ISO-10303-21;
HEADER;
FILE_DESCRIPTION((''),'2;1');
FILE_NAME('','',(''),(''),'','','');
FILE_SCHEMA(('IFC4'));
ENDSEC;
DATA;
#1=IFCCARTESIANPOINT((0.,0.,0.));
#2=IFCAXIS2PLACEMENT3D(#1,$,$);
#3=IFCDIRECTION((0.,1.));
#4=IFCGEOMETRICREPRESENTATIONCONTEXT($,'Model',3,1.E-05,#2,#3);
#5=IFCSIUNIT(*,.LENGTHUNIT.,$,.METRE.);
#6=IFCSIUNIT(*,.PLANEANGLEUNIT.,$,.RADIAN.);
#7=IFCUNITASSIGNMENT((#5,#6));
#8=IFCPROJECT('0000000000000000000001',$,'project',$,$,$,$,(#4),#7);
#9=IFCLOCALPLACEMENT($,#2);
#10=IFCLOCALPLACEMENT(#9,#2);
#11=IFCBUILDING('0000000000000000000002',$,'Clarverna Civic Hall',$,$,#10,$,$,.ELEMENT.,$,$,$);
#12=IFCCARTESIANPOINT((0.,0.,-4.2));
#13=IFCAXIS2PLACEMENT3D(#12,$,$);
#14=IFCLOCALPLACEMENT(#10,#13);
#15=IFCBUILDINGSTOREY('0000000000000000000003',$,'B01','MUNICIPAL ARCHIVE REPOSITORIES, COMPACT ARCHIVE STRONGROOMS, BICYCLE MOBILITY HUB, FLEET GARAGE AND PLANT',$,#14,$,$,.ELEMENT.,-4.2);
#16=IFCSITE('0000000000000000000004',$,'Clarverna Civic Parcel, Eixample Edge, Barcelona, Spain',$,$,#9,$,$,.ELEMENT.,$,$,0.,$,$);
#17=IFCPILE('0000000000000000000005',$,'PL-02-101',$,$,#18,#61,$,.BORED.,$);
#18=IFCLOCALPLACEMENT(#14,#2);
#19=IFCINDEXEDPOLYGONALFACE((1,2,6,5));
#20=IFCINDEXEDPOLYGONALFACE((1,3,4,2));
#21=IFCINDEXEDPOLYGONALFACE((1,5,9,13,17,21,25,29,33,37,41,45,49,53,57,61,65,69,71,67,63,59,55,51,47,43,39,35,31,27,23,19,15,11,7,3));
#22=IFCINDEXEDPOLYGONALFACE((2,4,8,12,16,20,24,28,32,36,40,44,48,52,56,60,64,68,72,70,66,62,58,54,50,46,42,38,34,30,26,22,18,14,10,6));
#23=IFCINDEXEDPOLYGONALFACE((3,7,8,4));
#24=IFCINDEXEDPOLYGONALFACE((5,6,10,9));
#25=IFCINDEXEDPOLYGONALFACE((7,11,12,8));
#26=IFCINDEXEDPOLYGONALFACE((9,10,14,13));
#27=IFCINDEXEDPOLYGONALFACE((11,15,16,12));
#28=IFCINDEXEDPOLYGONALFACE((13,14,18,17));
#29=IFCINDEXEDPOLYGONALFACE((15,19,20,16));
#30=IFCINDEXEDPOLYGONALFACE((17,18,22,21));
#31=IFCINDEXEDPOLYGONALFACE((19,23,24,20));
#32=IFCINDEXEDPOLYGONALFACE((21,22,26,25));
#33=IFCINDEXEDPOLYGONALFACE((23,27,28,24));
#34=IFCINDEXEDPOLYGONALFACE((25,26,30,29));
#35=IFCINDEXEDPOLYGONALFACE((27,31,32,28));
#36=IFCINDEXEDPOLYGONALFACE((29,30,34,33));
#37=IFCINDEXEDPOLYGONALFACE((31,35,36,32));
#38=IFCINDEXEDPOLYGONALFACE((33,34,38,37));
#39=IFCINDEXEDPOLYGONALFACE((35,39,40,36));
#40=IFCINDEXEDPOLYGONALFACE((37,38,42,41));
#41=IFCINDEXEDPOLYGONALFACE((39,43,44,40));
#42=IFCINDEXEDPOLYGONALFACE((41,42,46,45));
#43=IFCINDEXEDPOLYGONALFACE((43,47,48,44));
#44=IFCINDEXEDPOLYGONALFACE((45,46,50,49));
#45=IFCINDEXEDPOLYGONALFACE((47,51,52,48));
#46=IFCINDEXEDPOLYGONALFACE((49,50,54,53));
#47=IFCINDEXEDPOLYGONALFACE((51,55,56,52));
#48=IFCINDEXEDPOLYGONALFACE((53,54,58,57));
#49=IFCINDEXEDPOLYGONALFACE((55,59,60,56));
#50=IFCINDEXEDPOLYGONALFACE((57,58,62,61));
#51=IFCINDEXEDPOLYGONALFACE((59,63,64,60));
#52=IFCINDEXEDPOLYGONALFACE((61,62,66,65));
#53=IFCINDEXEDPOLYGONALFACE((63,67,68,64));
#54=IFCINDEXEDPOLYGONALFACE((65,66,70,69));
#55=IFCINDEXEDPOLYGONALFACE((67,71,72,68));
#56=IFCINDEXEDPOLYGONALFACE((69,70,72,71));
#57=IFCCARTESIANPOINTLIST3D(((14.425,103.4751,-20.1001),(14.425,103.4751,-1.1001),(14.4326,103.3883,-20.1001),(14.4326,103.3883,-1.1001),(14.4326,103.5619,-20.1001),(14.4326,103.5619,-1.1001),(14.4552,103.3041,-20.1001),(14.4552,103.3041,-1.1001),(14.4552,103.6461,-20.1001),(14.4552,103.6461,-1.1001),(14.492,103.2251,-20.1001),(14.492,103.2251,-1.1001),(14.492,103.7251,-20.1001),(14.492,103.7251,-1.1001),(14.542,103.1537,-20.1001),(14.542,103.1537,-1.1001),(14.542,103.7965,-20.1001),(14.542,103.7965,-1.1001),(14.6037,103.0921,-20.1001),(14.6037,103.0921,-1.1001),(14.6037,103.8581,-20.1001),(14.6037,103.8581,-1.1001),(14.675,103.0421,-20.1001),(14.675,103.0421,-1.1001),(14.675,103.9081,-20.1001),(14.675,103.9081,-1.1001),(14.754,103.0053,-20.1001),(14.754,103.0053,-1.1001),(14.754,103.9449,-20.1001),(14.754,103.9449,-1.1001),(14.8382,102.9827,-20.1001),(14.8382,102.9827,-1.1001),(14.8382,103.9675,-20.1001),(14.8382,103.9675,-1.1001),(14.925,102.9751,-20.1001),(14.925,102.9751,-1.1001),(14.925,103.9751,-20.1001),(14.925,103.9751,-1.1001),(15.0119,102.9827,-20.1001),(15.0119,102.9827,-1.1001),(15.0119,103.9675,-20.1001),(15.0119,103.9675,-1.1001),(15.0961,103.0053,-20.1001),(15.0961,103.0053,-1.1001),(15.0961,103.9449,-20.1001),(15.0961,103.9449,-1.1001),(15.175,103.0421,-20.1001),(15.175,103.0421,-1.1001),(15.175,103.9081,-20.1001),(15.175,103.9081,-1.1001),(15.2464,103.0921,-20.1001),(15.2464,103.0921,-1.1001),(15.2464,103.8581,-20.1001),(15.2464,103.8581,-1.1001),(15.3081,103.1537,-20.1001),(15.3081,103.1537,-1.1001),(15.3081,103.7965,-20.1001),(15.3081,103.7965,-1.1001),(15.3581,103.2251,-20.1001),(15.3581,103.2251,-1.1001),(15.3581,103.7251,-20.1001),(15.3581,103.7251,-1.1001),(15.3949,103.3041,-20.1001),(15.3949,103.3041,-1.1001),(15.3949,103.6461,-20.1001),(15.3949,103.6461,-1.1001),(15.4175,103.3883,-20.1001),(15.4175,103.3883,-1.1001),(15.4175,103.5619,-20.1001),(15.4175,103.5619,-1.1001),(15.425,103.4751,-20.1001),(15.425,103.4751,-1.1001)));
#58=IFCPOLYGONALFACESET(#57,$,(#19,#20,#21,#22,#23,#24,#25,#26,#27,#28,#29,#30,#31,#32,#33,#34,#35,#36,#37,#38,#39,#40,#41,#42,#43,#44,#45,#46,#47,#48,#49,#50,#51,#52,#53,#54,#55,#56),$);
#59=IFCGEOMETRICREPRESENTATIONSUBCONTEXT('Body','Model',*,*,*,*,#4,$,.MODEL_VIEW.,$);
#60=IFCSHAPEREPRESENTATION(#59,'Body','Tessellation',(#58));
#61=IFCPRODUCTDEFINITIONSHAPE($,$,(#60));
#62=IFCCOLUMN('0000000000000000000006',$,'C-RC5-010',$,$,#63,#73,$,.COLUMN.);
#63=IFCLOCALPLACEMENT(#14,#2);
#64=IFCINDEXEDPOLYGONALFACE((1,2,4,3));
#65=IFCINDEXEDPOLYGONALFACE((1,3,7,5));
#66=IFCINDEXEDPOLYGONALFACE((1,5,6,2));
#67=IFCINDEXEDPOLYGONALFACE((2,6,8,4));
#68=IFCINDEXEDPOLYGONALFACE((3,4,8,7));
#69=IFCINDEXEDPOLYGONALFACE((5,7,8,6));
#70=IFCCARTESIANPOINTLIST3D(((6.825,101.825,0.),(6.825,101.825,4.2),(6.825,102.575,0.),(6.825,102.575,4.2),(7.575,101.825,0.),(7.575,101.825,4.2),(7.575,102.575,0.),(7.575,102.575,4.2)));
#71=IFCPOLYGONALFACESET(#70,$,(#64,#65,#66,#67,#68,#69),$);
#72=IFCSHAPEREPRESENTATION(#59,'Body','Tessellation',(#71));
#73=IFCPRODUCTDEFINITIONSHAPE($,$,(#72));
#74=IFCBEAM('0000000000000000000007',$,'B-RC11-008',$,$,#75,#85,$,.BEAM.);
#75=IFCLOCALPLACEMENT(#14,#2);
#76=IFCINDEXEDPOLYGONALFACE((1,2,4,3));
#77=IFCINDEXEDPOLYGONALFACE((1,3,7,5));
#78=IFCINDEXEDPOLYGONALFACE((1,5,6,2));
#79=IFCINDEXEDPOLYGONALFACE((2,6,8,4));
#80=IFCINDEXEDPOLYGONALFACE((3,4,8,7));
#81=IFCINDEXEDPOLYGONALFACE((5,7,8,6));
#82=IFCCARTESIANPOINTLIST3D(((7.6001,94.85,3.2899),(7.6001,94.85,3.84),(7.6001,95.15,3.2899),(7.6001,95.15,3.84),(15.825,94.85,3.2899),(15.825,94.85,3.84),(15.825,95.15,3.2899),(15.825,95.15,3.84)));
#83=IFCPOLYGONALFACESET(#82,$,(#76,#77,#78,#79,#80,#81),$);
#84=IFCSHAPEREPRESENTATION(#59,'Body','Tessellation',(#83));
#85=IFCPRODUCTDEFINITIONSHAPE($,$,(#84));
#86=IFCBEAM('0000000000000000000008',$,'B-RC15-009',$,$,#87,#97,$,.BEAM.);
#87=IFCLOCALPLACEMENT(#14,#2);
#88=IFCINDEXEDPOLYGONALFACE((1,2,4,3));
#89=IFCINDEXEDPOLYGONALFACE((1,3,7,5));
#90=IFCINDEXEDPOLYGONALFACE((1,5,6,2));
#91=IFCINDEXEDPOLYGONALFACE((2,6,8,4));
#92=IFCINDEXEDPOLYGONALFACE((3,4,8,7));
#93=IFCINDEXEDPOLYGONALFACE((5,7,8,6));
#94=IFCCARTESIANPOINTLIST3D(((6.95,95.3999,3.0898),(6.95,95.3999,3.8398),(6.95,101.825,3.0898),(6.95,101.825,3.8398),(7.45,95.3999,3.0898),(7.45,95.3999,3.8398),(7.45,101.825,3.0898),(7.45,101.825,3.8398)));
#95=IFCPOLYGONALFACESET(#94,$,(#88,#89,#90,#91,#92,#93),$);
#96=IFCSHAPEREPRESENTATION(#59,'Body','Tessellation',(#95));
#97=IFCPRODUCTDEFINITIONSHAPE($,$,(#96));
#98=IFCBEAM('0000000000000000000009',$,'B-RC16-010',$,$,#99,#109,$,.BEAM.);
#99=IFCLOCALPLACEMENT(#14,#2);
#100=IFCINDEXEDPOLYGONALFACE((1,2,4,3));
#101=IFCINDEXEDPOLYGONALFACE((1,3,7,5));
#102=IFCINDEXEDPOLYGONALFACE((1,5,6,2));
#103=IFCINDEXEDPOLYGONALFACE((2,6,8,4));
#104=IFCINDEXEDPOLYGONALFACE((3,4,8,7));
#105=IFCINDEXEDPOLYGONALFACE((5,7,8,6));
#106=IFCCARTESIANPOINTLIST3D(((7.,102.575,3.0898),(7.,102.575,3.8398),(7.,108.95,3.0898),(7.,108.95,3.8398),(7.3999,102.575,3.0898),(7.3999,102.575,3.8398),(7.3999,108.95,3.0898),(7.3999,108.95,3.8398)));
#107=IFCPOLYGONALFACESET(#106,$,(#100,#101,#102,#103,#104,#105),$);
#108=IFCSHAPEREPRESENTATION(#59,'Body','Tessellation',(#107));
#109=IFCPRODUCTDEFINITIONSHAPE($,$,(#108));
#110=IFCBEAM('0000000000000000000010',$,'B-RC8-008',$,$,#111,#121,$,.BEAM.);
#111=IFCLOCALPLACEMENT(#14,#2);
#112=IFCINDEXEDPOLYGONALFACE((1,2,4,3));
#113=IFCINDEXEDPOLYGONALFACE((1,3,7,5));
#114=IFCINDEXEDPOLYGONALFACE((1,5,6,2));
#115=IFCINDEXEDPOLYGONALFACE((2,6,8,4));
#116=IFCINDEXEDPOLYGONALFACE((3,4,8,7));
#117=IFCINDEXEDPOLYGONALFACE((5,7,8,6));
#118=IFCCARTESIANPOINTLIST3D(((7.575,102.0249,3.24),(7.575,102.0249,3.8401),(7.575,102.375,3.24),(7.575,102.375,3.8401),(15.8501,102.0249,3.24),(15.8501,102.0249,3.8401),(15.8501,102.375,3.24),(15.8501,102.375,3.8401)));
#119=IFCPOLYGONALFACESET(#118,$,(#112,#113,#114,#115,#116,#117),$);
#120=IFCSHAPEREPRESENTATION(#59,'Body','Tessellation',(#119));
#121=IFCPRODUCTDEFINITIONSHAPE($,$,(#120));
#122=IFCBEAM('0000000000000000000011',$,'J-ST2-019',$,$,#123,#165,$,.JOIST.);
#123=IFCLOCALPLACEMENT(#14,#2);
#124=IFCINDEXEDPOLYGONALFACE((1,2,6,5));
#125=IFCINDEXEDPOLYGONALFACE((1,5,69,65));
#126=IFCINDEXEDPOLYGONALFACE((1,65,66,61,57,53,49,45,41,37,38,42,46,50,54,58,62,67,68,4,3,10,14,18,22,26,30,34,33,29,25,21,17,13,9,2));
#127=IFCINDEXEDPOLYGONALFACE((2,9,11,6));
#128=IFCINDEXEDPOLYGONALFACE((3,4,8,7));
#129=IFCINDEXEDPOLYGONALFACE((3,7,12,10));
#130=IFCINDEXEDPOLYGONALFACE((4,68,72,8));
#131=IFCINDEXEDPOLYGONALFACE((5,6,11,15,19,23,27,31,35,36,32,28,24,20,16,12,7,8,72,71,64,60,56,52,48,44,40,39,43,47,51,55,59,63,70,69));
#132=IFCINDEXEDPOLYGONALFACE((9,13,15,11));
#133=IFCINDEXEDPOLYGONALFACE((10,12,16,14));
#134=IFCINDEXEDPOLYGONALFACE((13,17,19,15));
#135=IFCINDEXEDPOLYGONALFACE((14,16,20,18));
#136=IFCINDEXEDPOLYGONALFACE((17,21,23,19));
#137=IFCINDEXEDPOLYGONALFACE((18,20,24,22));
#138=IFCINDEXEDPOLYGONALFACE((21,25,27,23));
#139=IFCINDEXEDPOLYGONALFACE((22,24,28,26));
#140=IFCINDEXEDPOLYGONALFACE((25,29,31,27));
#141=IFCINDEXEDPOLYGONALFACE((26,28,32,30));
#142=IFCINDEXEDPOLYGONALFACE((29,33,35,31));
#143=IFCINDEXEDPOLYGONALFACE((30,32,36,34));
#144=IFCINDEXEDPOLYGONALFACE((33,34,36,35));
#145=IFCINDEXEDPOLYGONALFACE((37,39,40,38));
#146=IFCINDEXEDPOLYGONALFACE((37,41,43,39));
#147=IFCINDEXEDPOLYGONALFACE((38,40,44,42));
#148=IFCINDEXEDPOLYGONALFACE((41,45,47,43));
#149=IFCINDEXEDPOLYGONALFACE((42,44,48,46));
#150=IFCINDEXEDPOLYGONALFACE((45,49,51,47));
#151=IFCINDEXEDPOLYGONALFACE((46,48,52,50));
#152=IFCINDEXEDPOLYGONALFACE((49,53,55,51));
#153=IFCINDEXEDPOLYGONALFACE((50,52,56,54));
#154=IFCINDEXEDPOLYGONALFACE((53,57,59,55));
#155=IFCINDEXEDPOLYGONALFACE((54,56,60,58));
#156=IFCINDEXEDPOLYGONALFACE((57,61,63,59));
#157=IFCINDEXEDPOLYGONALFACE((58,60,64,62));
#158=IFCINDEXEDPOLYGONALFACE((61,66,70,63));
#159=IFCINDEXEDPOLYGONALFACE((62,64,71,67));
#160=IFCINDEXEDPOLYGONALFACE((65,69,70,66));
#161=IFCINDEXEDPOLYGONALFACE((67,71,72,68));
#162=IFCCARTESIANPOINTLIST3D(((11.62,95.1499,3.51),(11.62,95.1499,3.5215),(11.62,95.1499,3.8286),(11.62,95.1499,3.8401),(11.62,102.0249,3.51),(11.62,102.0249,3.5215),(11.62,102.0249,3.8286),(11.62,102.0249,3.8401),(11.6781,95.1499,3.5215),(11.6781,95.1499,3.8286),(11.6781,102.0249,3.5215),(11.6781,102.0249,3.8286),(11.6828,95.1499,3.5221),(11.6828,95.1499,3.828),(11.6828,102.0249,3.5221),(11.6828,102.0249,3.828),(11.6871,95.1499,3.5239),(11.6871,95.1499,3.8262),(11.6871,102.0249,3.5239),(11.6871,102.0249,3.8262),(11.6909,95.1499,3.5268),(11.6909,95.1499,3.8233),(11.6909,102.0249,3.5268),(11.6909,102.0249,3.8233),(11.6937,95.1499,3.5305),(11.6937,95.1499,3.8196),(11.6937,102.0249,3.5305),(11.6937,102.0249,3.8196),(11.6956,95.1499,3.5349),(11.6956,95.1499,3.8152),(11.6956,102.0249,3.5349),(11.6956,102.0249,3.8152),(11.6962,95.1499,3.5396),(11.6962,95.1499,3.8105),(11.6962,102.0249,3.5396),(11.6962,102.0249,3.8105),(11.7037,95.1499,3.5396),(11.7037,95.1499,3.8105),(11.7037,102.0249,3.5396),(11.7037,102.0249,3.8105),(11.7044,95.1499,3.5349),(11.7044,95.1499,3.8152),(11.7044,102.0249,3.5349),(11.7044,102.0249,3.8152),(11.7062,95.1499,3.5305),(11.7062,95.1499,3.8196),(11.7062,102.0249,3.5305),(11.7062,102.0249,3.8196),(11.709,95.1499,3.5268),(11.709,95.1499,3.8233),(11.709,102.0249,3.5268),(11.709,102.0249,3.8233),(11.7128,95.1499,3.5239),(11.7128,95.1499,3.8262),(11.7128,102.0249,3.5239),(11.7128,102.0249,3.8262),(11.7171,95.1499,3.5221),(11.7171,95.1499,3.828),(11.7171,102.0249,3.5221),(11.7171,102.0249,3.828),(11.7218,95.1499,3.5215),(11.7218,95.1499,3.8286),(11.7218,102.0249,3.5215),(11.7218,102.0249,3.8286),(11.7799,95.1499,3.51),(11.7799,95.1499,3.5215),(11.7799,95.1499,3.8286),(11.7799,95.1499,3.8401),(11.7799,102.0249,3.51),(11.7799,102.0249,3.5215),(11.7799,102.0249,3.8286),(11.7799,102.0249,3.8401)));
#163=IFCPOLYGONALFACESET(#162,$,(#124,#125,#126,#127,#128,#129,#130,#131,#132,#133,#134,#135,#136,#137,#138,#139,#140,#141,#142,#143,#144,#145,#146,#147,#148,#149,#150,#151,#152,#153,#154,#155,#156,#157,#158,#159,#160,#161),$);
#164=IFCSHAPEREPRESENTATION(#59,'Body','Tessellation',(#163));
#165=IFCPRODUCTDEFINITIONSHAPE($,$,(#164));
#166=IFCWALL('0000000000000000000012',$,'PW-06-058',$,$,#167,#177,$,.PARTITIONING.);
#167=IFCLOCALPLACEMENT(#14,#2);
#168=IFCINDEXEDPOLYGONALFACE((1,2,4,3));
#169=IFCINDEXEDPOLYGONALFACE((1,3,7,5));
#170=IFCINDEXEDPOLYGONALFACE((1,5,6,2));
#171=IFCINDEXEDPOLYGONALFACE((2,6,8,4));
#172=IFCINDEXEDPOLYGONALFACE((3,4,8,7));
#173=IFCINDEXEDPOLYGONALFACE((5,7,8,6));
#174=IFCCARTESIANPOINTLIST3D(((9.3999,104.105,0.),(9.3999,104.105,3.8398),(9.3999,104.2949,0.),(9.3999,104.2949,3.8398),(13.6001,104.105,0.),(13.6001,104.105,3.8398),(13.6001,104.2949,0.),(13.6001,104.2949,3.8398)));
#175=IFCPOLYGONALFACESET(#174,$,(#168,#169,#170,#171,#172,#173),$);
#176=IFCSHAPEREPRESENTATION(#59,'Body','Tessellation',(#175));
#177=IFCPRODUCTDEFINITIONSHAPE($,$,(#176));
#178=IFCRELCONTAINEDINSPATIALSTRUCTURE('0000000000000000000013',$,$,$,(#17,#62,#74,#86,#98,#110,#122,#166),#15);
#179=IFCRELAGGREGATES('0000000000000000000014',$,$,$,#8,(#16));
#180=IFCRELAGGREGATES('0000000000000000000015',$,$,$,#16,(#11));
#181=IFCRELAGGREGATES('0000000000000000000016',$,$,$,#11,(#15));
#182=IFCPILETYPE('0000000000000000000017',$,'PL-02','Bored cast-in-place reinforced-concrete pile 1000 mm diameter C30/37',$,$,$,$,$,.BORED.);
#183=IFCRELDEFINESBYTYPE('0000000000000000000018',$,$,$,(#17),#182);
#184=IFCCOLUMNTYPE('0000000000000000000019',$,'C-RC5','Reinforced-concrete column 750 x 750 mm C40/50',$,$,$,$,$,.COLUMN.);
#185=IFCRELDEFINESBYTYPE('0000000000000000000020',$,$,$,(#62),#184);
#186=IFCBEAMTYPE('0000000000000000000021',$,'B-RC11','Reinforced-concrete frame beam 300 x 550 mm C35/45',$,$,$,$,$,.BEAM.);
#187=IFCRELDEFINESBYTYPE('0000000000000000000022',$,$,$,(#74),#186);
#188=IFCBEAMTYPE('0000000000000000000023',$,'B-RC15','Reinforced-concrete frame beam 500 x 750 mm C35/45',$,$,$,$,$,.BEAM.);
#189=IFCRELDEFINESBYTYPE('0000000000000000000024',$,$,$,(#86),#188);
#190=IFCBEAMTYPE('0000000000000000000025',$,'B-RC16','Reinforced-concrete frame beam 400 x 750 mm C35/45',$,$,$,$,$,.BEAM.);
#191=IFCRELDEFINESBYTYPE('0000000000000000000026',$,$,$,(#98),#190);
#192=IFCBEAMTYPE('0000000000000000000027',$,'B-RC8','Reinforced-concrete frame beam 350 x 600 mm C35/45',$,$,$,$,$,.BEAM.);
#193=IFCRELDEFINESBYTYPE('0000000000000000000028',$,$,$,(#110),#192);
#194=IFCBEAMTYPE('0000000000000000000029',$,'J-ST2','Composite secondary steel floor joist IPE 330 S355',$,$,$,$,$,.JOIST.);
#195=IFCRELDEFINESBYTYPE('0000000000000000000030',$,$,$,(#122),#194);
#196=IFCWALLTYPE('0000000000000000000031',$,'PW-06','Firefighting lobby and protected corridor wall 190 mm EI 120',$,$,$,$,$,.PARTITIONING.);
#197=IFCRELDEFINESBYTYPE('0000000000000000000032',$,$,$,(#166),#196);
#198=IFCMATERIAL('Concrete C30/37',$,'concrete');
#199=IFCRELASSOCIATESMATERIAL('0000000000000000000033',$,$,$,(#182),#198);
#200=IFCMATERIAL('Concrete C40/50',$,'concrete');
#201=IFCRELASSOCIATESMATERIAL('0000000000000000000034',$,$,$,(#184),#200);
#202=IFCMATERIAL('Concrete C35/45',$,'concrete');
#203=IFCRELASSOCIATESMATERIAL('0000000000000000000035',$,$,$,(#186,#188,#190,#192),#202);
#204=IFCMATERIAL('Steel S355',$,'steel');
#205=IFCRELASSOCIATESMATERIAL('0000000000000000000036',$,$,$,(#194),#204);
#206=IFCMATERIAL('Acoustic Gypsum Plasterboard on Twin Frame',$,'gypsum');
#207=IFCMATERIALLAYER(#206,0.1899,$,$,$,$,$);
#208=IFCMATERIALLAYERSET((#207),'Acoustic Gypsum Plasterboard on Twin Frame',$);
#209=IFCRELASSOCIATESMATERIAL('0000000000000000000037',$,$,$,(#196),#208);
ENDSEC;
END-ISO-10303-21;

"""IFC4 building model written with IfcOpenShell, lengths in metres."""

from ifc_helpers import new_model, si_unit, direction, frame, frame_2d, origin, origin_2d, place, context, subcontext, project, spatial, rectangle, circle, i_section, extrude, material, layer, layer_set, material_profile, profile_set, type_object, element, save


model = new_model("IFC4")

# Units and contexts
model_context = context("Model", 3, precision=1e-05, world=origin(), true_north=direction((0.0, 1.0)))
body_context = subcontext(model_context, "Body", "Model", "MODEL_VIEW")
ifc_project = project(units=[si_unit("LENGTHUNIT", "METRE"), si_unit("PLANEANGLEUNIT", "RADIAN")], contexts=[model_context])

# Site, building, storey
site_placement = place(None, origin())
site = spatial("IfcSite", under=ifc_project, at=site_placement, Name="Clarverna Civic Parcel, Eixample Edge, Barcelona, Spain", CompositionType="ELEMENT", RefElevation=0.0)
building_placement = place(site_placement, origin())
building = spatial("IfcBuilding", under=site, at=building_placement, Name="Clarverna Civic Hall", CompositionType="ELEMENT")
storey_placement = place(building_placement, frame((0.0, 0.0, -4.2)))
storey = spatial("IfcBuildingStorey", under=building, at=storey_placement, Name="B01", Description="MUNICIPAL ARCHIVE REPOSITORIES, COMPACT ARCHIVE STRONGROOMS, BICYCLE MOBILITY HUB, FLEET GARAGE AND PLANT", CompositionType="ELEMENT", Elevation=-4.2)

# Shared definitions
ifc_material_1 = material(Name="Concrete C30/37", Category="concrete")

# Pile
ifc_material_profile_1 = material_profile(ifc_material_1, circle(Radius=0.5, at=origin_2d()), Name="BORED PILE D1000")
ifc_profile_set_1 = profile_set([ifc_material_profile_1], Name="Concrete C30/37")
pile_type_1 = type_object("IfcPileType", Name="PL-02", Description="Bored cast-in-place reinforced-concrete pile 1000 mm diameter C30/37", PredefinedType="BORED", material=ifc_profile_set_1)
for number, where, z_axis, x_axis, name in (
    (1, (14.925, 103.4751, -1.1001), (0.0, 0.0, -1.0), (1.0, 0.0, 0.0), "PL-02-101"),
):
    element("IfcPile", number, at=place(storey_placement, frame(where, z_axis=z_axis, x_axis=x_axis)), inside=storey, type_object=pile_type_1, Name=name, PredefinedType="BORED", context=body_context, shape_type="SweptSolid", body=[
        extrude(circle(Radius=0.5, at=origin_2d()), origin(), (0.0, 0.0, 1.0), 19.0),
    ])

# Column
ifc_material_2 = material(Name="Concrete C40/50", Category="concrete")
ifc_material_profile_2 = material_profile(ifc_material_2, rectangle(XDim=0.75, YDim=0.75, at=origin_2d()), Name="RC 750x750")
ifc_profile_set_2 = profile_set([ifc_material_profile_2], Name="Concrete C40/50")
column_type = type_object("IfcColumnType", Name="C-RC5", Description="Reinforced-concrete column 750 x 750 mm C40/50", PredefinedType="COLUMN", material=ifc_profile_set_2)
column_placement = place(storey_placement, frame((7.2, 102.2, 0.0), z_axis=(0.0, 0.0, 1.0), x_axis=(1.0, 0.0, 0.0)))
element("IfcColumn", 2, at=column_placement, inside=storey, type_object=column_type, Name="C-RC5-010", PredefinedType="COLUMN", context=body_context, shape_type="SweptSolid", body=[
    extrude(rectangle(XDim=0.75, YDim=0.75, at=origin_2d()), origin(), (0.0, 0.0, 1.0), 4.2),
])

# Beams
ifc_material_3 = material(Name="Concrete C35/45", Category="concrete")
ifc_material_profile_3 = material_profile(ifc_material_3, rectangle(XDim=0.3, YDim=0.55, at=origin_2d()), Name="RC 300x550")
ifc_profile_set_3 = profile_set([ifc_material_profile_3], Name="Concrete C35/45")
beam_type_1 = type_object("IfcBeamType", Name="B-RC11", Description="Reinforced-concrete frame beam 300 x 550 mm C35/45", PredefinedType="BEAM", material=ifc_profile_set_3)
beam_1_placement = place(storey_placement, frame((7.6001, 95.0, 3.5649), z_axis=(1.0, 0.0, 0.0), x_axis=(0.0, 1.0, 0.0)))
element("IfcBeam", 3, at=beam_1_placement, inside=storey, type_object=beam_type_1, Name="B-RC11-008", PredefinedType="BEAM", context=body_context, shape_type="SweptSolid", body=[
    extrude(rectangle(XDim=0.3, YDim=0.55, at=origin_2d()), origin(), (0.0, 0.0, 1.0), 8.2249),
])
ifc_material_profile_4 = material_profile(ifc_material_3, rectangle(XDim=0.5, YDim=0.75, at=origin_2d()), Name="RC 500x750")
ifc_profile_set_4 = profile_set([ifc_material_profile_4], Name="Concrete C35/45")
beam_type_2 = type_object("IfcBeamType", Name="B-RC15", Description="Reinforced-concrete frame beam 500 x 750 mm C35/45", PredefinedType="BEAM", material=ifc_profile_set_4)
beam_2_placement = place(storey_placement, frame((7.2, 95.3999, 3.4648), z_axis=(0.0, 1.0, 0.0), x_axis=(-1.0, 0.0, 0.0)))
element("IfcBeam", 4, at=beam_2_placement, inside=storey, type_object=beam_type_2, Name="B-RC15-009", PredefinedType="BEAM", context=body_context, shape_type="SweptSolid", body=[
    extrude(rectangle(XDim=0.5, YDim=0.75, at=origin_2d()), origin(), (0.0, 0.0, 1.0), 6.425),
])
ifc_material_profile_5 = material_profile(ifc_material_3, rectangle(XDim=0.3999, YDim=0.75, at=origin_2d()), Name="RC 400x750")
ifc_profile_set_5 = profile_set([ifc_material_profile_5], Name="Concrete C35/45")
beam_type_3 = type_object("IfcBeamType", Name="B-RC16", Description="Reinforced-concrete frame beam 400 x 750 mm C35/45", PredefinedType="BEAM", material=ifc_profile_set_5)
beam_3_placement = place(storey_placement, frame((7.2, 102.575, 3.4648), z_axis=(0.0, 1.0, 0.0), x_axis=(-1.0, 0.0, 0.0)))
element("IfcBeam", 5, at=beam_3_placement, inside=storey, type_object=beam_type_3, Name="B-RC16-010", PredefinedType="BEAM", context=body_context, shape_type="SweptSolid", body=[
    extrude(rectangle(XDim=0.3999, YDim=0.75, at=origin_2d()), origin(), (0.0, 0.0, 1.0), 6.375),
])
ifc_material_profile_6 = material_profile(ifc_material_3, rectangle(XDim=0.3501, YDim=0.6001, at=origin_2d()), Name="RC 350x600")
ifc_profile_set_6 = profile_set([ifc_material_profile_6], Name="Concrete C35/45")
beam_type_4 = type_object("IfcBeamType", Name="B-RC8", Description="Reinforced-concrete frame beam 350 x 600 mm C35/45", PredefinedType="BEAM", material=ifc_profile_set_6)
beam_4_placement = place(storey_placement, frame((7.575, 102.2, 3.54), z_axis=(1.0, 0.0, 0.0), x_axis=(0.0, 1.0, 0.0)))
element("IfcBeam", 6, at=beam_4_placement, inside=storey, type_object=beam_type_4, Name="B-RC8-008", PredefinedType="BEAM", context=body_context, shape_type="SweptSolid", body=[
    extrude(rectangle(XDim=0.3501, YDim=0.6001, at=origin_2d()), origin(), (0.0, 0.0, 1.0), 8.2751),
])
ifc_material_4 = material(Name="Steel S355", Category="steel")
ifc_material_profile_7 = material_profile(ifc_material_4, i_section(OverallWidth=0.1599, OverallDepth=0.3301, WebThickness=0.0076, FlangeThickness=0.0115, FilletRadius=0.0181, at=origin_2d()), Name="IPE 330")
ifc_profile_set_7 = profile_set([ifc_material_profile_7], Name="Steel S355")
beam_type_5 = type_object("IfcBeamType", Name="J-ST2", Description="Composite secondary steel floor joist IPE 330 S355", PredefinedType="JOIST", material=ifc_profile_set_7)
beam_5_placement = place(storey_placement, frame((11.7, 95.1499, 3.675), z_axis=(0.0, 1.0, 0.0), x_axis=(-1.0, 0.0, 0.0)))
element("IfcBeam", 7, at=beam_5_placement, inside=storey, type_object=beam_type_5, Name="J-ST2-019", PredefinedType="JOIST", context=body_context, shape_type="SweptSolid", body=[
    extrude(i_section(OverallWidth=0.1599, OverallDepth=0.3301, WebThickness=0.0076, FlangeThickness=0.0115, FilletRadius=0.0181, at=origin_2d()), origin(), (0.0, 0.0, 1.0), 6.875),
])

# Shared definitions
ifc_material_5 = material(Name="Acoustic Gypsum Plasterboard on Twin Frame", Category="gypsum")
ifc_layer_1 = layer(ifc_material_5, 0.1899)
ifc_layer_set_1 = layer_set([ifc_layer_1], Name="Acoustic Gypsum Plasterboard on Twin Frame")
wall_type_1 = type_object("IfcWallType", Name="PW-06", Description="Firefighting lobby and protected corridor wall 190 mm EI 120", PredefinedType="PARTITIONING", material=ifc_layer_set_1)

# Wall
wall_1_placement = place(storey_placement, frame((9.3999, 104.2, 0.0), z_axis=(0.0, 0.0, 1.0), x_axis=(1.0, 0.0, 0.0)))
element("IfcWall", 8, at=wall_1_placement, inside=storey, type_object=wall_type_1, Name="PW-06-058", PredefinedType="PARTITIONING", context=body_context, shape_type="SweptSolid", body=[
    extrude(rectangle(XDim=4.2002, YDim=0.1899, at=frame_2d((2.1001, 0.0))), origin(), (0.0, 0.0, 1.0), 3.8398),
])

save(model, "model.ifc")
